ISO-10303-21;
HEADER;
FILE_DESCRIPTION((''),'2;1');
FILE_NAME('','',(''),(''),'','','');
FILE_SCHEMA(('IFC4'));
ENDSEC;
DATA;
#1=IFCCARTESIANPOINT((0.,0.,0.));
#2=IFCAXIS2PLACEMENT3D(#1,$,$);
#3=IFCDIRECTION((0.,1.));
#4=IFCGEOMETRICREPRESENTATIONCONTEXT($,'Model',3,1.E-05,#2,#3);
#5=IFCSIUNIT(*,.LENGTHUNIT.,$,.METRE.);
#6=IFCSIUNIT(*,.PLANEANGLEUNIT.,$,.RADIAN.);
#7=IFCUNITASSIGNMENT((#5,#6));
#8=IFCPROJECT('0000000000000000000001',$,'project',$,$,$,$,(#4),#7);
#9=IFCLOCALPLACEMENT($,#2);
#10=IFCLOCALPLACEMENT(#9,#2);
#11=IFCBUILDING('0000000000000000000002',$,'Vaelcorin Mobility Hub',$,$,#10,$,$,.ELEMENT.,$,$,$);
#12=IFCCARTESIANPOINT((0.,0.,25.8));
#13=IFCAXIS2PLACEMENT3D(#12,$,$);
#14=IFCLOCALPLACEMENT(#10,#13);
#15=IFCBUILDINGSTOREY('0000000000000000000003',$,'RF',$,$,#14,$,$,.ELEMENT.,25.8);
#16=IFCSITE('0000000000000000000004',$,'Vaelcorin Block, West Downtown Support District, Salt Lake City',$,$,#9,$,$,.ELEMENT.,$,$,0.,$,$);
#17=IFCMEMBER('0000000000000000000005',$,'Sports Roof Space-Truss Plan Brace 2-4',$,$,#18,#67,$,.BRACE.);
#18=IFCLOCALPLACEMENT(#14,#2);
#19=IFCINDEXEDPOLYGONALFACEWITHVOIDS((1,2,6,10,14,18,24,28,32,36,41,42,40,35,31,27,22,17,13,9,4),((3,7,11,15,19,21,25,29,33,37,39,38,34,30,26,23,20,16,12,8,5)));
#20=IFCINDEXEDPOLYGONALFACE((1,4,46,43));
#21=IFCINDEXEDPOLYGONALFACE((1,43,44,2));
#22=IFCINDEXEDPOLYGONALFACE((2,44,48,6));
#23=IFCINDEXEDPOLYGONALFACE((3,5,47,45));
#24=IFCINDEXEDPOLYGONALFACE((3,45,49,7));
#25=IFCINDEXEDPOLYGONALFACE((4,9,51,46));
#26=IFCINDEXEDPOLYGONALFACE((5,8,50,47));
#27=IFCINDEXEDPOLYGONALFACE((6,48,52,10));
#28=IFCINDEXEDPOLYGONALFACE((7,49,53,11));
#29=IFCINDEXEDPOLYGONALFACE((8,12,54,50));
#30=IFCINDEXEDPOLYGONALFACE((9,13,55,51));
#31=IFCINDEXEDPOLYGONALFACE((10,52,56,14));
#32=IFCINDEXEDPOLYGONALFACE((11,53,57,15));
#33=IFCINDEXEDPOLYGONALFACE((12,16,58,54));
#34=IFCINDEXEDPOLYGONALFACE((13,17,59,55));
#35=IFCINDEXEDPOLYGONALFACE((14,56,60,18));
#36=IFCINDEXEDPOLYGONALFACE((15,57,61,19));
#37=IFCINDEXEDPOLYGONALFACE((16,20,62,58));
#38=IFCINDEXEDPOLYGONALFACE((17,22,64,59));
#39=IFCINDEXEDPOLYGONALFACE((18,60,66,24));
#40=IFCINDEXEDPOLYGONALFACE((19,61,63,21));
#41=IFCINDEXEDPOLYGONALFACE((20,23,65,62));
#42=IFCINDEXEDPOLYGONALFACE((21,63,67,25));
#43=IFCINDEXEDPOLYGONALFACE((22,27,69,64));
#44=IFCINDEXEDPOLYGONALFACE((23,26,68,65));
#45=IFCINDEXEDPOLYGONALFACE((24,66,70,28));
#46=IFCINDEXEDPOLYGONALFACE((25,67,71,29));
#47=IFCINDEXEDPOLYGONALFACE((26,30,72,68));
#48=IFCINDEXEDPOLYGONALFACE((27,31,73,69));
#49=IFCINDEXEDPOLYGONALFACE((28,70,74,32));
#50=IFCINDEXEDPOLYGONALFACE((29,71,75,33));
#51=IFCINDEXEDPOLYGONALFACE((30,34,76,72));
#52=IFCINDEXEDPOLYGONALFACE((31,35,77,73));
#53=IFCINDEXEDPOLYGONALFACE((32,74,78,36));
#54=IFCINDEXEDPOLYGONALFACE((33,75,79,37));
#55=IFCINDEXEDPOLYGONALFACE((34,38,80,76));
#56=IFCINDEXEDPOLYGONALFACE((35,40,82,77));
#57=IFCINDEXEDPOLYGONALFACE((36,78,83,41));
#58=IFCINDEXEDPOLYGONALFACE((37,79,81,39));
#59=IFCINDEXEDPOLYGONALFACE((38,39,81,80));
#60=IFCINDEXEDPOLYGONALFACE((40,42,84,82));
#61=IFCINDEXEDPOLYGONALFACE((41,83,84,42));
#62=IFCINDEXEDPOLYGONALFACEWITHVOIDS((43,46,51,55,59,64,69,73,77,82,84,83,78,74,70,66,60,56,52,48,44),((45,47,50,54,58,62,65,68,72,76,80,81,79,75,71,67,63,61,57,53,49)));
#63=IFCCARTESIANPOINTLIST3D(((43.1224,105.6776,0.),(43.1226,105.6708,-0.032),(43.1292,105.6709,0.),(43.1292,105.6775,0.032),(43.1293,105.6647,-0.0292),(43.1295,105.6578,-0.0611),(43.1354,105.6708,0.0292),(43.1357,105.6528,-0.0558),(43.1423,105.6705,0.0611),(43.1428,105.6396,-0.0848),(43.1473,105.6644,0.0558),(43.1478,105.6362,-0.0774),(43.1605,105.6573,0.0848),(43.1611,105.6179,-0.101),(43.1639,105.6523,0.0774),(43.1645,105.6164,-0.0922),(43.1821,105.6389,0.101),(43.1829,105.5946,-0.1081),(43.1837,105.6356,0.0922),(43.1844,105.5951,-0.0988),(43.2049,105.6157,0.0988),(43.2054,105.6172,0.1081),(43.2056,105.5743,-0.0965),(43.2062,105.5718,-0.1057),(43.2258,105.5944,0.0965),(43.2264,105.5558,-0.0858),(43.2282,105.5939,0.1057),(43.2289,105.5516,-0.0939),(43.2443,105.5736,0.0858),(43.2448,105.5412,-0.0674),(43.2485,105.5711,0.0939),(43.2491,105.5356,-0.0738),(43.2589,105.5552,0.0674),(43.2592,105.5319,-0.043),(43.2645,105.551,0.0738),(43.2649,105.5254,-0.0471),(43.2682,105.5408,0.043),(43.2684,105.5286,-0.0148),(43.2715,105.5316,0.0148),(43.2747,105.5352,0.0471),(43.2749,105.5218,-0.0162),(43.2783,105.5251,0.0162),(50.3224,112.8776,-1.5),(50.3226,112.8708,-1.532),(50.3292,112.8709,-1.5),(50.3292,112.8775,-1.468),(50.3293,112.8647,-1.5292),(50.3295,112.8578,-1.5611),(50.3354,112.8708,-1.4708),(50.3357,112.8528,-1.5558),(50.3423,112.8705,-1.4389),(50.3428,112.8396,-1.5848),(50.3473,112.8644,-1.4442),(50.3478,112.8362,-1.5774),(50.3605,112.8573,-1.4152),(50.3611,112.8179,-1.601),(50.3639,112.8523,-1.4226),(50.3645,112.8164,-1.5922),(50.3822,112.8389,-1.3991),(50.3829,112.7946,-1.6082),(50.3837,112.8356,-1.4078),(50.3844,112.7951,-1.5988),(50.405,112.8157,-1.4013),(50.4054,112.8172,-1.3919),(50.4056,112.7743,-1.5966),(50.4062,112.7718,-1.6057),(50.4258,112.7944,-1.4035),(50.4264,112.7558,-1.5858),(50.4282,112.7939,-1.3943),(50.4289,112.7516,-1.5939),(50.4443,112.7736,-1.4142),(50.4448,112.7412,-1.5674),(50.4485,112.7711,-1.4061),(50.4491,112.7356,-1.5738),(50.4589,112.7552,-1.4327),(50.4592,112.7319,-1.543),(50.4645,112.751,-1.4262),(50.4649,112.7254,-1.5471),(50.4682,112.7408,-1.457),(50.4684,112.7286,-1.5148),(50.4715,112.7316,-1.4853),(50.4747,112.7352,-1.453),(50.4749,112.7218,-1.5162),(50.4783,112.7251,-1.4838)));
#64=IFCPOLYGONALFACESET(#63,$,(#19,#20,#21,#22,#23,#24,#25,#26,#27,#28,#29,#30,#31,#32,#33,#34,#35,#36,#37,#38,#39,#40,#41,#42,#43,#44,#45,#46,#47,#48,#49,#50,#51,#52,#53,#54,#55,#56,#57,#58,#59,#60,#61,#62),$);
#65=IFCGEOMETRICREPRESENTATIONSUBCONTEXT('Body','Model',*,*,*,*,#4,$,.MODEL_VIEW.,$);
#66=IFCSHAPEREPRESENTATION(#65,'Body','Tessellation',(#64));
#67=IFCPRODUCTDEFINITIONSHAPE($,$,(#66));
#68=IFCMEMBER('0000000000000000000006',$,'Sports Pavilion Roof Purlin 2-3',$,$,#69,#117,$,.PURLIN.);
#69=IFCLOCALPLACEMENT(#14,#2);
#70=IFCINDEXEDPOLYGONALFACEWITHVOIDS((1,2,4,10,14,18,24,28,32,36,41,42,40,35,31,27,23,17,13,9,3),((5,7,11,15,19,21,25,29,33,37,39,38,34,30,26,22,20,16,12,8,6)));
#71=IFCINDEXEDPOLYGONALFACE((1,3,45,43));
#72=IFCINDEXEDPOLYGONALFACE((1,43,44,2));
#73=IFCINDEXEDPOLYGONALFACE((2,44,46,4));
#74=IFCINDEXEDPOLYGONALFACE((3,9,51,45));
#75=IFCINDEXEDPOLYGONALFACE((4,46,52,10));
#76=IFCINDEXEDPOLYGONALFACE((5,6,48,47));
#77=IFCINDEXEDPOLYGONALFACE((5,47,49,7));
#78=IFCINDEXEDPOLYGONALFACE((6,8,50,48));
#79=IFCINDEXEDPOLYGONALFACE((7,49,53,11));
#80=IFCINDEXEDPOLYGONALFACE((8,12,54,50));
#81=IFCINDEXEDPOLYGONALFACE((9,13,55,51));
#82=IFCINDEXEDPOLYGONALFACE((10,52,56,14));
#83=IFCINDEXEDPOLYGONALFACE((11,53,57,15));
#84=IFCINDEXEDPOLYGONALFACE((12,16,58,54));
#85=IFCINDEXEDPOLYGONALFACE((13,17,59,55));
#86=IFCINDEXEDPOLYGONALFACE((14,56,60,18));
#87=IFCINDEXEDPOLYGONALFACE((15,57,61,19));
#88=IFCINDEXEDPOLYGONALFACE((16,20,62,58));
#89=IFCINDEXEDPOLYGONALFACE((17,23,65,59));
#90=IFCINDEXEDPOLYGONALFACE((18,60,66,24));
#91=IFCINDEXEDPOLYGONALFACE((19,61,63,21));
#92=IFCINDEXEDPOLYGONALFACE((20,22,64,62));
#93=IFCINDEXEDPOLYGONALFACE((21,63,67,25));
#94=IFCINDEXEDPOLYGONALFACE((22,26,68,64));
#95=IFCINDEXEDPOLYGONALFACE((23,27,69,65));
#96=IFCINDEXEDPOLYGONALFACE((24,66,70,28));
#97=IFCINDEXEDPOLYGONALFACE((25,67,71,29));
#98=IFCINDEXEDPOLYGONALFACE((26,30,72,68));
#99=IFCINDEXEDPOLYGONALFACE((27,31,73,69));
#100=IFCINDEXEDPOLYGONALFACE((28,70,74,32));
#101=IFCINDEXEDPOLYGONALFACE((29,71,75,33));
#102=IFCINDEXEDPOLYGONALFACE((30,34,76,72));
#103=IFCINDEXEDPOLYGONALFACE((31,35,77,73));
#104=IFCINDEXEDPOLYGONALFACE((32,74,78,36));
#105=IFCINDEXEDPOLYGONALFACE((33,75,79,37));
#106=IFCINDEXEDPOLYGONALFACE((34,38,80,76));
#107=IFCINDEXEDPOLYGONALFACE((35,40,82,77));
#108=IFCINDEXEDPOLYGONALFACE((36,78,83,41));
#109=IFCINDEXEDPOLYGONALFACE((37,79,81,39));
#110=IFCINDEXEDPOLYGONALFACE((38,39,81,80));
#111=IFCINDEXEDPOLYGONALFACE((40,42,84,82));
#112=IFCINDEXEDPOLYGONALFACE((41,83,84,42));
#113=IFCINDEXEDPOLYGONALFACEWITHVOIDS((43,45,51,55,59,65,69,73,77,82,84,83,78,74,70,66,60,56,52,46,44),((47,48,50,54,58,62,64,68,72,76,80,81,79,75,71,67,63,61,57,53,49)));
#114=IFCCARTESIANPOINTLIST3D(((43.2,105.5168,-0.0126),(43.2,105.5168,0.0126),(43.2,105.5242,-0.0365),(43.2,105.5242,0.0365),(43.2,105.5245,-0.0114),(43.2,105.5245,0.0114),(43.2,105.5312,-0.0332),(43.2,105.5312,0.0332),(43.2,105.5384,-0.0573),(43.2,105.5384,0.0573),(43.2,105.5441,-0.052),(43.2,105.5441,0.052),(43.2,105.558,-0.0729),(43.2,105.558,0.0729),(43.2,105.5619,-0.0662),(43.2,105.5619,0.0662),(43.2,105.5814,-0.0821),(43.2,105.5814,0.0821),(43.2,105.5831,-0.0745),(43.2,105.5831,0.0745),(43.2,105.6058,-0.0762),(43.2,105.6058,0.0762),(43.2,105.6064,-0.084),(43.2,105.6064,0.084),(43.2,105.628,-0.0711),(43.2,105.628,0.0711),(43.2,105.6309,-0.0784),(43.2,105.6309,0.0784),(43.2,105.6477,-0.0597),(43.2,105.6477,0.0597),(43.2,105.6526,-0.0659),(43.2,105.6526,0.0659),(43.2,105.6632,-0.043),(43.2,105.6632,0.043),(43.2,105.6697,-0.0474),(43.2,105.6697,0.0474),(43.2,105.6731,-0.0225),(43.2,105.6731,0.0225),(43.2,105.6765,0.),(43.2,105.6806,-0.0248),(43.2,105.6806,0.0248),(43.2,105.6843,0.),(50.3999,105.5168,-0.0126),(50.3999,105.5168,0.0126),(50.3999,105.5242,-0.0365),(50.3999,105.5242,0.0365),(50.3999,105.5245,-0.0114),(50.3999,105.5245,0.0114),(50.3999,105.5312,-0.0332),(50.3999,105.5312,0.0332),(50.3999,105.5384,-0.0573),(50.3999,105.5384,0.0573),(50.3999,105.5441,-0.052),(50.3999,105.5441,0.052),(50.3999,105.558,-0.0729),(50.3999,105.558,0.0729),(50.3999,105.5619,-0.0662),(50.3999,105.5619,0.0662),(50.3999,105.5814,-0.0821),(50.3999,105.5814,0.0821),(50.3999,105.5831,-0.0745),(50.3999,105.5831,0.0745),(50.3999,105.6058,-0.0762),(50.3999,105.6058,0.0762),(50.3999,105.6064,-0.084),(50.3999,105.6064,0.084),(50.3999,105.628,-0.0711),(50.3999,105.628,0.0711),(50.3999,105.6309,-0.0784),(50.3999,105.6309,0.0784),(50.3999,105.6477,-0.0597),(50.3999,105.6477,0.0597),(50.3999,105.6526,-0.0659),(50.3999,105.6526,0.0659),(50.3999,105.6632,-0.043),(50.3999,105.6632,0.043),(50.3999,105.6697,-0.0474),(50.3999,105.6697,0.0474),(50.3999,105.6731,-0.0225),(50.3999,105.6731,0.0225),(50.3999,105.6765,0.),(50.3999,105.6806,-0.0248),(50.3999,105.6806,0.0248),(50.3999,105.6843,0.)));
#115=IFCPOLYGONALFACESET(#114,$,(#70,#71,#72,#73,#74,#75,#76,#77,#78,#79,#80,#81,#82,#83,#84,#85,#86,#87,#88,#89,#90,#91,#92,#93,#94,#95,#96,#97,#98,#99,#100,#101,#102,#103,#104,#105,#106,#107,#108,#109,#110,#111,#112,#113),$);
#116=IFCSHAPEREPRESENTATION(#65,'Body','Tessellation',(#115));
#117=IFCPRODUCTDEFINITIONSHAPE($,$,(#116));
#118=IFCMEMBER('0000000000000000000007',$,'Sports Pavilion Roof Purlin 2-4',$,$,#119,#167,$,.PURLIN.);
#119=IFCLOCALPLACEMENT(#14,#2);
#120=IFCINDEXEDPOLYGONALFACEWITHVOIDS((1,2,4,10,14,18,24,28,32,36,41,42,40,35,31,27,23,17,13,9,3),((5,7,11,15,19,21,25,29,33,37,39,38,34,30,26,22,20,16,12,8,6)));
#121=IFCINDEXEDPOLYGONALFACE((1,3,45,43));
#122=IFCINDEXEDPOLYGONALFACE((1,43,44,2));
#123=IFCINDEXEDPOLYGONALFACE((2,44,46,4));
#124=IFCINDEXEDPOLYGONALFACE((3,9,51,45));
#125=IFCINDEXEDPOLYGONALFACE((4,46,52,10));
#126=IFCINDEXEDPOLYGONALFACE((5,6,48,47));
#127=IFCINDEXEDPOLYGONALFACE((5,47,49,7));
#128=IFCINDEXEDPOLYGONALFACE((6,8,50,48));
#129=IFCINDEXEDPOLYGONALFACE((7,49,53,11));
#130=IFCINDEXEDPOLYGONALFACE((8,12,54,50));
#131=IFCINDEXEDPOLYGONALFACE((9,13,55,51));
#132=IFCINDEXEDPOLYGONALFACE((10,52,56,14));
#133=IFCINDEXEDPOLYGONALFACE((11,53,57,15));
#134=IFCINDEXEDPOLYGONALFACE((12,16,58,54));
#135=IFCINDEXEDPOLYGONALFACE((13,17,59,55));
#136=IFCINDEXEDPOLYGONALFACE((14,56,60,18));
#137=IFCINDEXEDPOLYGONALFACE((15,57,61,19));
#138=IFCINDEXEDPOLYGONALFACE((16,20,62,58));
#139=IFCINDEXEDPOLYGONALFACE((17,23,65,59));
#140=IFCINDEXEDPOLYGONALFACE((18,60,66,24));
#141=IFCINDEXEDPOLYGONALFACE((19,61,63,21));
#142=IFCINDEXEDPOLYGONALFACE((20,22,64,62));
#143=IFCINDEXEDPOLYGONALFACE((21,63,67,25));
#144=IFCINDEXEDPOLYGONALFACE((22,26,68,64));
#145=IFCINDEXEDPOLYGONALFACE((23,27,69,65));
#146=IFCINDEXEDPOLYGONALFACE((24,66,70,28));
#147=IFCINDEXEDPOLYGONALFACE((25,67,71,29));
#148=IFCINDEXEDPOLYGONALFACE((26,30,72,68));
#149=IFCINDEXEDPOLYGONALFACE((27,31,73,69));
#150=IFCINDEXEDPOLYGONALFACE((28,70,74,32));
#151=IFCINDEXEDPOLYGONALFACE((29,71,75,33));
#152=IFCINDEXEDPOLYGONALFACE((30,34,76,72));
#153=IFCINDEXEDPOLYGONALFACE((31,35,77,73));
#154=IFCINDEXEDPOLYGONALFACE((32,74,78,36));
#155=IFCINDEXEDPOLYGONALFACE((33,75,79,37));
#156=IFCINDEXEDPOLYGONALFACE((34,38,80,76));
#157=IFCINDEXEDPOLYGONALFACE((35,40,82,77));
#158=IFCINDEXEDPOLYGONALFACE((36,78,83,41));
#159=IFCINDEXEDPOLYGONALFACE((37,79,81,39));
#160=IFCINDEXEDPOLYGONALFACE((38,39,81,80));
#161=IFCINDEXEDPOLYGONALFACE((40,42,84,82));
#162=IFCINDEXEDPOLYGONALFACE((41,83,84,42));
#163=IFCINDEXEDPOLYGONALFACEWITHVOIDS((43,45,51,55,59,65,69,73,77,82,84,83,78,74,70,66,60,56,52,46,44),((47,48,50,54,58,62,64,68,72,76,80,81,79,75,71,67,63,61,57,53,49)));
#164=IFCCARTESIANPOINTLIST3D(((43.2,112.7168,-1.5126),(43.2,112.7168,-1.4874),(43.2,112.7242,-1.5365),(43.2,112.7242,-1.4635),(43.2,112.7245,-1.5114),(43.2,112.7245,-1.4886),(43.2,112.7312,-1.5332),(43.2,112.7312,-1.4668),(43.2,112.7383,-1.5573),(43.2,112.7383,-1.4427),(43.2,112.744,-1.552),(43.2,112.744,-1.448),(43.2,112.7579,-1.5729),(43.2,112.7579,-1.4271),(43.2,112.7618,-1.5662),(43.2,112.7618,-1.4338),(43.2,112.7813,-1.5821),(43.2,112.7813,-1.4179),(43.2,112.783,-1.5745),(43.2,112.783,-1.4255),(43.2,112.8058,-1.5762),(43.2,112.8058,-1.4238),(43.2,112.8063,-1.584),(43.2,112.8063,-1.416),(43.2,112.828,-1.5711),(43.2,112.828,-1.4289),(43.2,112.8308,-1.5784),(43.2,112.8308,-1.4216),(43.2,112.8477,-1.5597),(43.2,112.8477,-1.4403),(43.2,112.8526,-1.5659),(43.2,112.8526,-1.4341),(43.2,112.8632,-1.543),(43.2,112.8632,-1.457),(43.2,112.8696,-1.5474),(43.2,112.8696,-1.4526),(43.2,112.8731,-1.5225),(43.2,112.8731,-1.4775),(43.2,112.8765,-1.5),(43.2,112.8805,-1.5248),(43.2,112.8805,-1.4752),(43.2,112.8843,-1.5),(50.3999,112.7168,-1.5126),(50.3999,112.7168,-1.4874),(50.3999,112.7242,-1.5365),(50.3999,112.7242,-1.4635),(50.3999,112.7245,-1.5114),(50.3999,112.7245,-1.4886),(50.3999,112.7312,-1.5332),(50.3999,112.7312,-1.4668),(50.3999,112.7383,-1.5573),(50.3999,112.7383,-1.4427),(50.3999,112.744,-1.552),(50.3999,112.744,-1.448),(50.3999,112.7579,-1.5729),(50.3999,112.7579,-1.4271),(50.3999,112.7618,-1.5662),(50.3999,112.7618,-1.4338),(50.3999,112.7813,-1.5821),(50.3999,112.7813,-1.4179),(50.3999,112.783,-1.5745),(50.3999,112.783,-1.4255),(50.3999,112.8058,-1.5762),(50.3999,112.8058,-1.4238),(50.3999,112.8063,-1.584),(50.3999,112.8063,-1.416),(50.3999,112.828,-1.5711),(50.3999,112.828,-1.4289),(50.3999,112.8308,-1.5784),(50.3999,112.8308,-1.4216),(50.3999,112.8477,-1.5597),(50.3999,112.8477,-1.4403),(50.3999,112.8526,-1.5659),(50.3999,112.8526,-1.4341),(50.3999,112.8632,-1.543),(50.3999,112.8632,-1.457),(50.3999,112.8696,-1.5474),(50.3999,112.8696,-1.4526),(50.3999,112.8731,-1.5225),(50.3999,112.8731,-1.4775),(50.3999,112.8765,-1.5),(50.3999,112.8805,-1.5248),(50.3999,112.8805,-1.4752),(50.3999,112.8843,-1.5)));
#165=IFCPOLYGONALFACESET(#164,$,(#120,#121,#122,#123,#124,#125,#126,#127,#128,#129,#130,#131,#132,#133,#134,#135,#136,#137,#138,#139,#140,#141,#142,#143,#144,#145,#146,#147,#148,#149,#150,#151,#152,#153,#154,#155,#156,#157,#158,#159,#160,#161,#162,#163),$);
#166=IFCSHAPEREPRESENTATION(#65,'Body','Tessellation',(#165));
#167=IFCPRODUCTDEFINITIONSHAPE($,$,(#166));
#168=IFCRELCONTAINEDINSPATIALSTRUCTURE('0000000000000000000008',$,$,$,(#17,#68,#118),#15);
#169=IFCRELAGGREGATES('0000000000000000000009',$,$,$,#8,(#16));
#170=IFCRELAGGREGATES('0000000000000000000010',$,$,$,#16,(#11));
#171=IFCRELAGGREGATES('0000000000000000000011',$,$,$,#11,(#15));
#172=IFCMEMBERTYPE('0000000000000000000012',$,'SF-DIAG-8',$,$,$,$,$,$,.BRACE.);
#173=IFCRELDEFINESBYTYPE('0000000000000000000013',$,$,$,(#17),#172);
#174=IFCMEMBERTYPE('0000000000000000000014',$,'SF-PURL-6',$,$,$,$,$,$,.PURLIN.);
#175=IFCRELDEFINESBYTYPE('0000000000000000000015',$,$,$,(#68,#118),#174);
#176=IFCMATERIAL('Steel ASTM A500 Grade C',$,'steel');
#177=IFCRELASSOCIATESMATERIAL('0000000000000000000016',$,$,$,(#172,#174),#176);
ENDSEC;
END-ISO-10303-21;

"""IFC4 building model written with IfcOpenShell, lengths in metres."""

from ifc_helpers import new_model, si_unit, direction, frame, origin, origin_2d, place, context, subcontext, project, spatial, hollow_circle, extrude, material, material_profile, profile_set, type_object, element, save


model = new_model("IFC4")

# Units and contexts
model_context = context("Model", 3, precision=1e-05, world=origin(), true_north=direction((0.0, 1.0)))
body_context = subcontext(model_context, "Body", "Model", "MODEL_VIEW")
ifc_project = project(units=[si_unit("LENGTHUNIT", "METRE"), si_unit("PLANEANGLEUNIT", "RADIAN")], contexts=[model_context])

# Site, building, storey
site_placement = place(None, origin())
site = spatial("IfcSite", under=ifc_project, at=site_placement, Name="Vaelcorin Block, West Downtown Support District, Salt Lake City", CompositionType="ELEMENT", RefElevation=0.0)
building_placement = place(site_placement, origin())
building = spatial("IfcBuilding", under=site, at=building_placement, Name="Vaelcorin Mobility Hub", CompositionType="ELEMENT")
storey_placement = place(building_placement, frame((0.0, 0.0, 25.8)))
storey = spatial("IfcBuildingStorey", under=building, at=storey_placement, Name="RF", CompositionType="ELEMENT", Elevation=25.8)

# Members
ifc_material_1 = material(Name="Steel ASTM A500 Grade C", Category="steel")
ifc_material_profile_1 = material_profile(ifc_material_1, hollow_circle(Radius=0.1096, WallThickness=0.0095, at=origin_2d()), Name="HSS8.625X0.375")
ifc_profile_set_1 = profile_set([ifc_material_profile_1], Name="Steel ASTM A500 Grade C")
member_type_1 = type_object("IfcMemberType", Name="SF-DIAG-8", PredefinedType="BRACE", material=ifc_profile_set_1)
member_1_placement = place(storey_placement, frame((43.2, 105.6001, 0.0), z_axis=(0.699557, 0.699557, -0.145742), x_axis=(-0.707107, 0.707107, 0.0)))
element("IfcMember", 1, at=member_1_placement, inside=storey, type_object=member_type_1, Name="Sports Roof Space-Truss Plan Brace 2-4", PredefinedType="BRACE", context=body_context, shape_type="SweptSolid", body=[
    extrude(hollow_circle(Radius=0.1096, WallThickness=0.0095, at=origin_2d()), origin(), (0.0, 0.0, 1.0), 10.2922),
])
ifc_material_profile_2 = material_profile(ifc_material_1, hollow_circle(Radius=0.0842, WallThickness=0.0078, at=origin_2d()), Name="HSS6.625X0.312")
ifc_profile_set_2 = profile_set([ifc_material_profile_2], Name="Steel ASTM A500 Grade C")
member_type_2 = type_object("IfcMemberType", Name="SF-PURL-6", PredefinedType="PURLIN", material=ifc_profile_set_2)
for number, where, z_axis, x_axis, name in (
    (2, (43.2, 105.6001, 0.0), (1.0, 0.0, 0.0), (0.0, 1.0, 0.0), "Sports Pavilion Roof Purlin 2-3"),
    (3, (43.2, 112.8, -1.5), (1.0, 0.0, 0.0), (0.0, 1.0, 0.0), "Sports Pavilion Roof Purlin 2-4"),
):
    element("IfcMember", number, at=place(storey_placement, frame(where, z_axis=z_axis, x_axis=x_axis)), inside=storey, type_object=member_type_2, Name=name, PredefinedType="PURLIN", context=body_context, shape_type="SweptSolid", body=[
        extrude(hollow_circle(Radius=0.0842, WallThickness=0.0078, at=origin_2d()), origin(), (0.0, 0.0, 1.0), 7.2),
    ])

save(model, "model.ifc")
